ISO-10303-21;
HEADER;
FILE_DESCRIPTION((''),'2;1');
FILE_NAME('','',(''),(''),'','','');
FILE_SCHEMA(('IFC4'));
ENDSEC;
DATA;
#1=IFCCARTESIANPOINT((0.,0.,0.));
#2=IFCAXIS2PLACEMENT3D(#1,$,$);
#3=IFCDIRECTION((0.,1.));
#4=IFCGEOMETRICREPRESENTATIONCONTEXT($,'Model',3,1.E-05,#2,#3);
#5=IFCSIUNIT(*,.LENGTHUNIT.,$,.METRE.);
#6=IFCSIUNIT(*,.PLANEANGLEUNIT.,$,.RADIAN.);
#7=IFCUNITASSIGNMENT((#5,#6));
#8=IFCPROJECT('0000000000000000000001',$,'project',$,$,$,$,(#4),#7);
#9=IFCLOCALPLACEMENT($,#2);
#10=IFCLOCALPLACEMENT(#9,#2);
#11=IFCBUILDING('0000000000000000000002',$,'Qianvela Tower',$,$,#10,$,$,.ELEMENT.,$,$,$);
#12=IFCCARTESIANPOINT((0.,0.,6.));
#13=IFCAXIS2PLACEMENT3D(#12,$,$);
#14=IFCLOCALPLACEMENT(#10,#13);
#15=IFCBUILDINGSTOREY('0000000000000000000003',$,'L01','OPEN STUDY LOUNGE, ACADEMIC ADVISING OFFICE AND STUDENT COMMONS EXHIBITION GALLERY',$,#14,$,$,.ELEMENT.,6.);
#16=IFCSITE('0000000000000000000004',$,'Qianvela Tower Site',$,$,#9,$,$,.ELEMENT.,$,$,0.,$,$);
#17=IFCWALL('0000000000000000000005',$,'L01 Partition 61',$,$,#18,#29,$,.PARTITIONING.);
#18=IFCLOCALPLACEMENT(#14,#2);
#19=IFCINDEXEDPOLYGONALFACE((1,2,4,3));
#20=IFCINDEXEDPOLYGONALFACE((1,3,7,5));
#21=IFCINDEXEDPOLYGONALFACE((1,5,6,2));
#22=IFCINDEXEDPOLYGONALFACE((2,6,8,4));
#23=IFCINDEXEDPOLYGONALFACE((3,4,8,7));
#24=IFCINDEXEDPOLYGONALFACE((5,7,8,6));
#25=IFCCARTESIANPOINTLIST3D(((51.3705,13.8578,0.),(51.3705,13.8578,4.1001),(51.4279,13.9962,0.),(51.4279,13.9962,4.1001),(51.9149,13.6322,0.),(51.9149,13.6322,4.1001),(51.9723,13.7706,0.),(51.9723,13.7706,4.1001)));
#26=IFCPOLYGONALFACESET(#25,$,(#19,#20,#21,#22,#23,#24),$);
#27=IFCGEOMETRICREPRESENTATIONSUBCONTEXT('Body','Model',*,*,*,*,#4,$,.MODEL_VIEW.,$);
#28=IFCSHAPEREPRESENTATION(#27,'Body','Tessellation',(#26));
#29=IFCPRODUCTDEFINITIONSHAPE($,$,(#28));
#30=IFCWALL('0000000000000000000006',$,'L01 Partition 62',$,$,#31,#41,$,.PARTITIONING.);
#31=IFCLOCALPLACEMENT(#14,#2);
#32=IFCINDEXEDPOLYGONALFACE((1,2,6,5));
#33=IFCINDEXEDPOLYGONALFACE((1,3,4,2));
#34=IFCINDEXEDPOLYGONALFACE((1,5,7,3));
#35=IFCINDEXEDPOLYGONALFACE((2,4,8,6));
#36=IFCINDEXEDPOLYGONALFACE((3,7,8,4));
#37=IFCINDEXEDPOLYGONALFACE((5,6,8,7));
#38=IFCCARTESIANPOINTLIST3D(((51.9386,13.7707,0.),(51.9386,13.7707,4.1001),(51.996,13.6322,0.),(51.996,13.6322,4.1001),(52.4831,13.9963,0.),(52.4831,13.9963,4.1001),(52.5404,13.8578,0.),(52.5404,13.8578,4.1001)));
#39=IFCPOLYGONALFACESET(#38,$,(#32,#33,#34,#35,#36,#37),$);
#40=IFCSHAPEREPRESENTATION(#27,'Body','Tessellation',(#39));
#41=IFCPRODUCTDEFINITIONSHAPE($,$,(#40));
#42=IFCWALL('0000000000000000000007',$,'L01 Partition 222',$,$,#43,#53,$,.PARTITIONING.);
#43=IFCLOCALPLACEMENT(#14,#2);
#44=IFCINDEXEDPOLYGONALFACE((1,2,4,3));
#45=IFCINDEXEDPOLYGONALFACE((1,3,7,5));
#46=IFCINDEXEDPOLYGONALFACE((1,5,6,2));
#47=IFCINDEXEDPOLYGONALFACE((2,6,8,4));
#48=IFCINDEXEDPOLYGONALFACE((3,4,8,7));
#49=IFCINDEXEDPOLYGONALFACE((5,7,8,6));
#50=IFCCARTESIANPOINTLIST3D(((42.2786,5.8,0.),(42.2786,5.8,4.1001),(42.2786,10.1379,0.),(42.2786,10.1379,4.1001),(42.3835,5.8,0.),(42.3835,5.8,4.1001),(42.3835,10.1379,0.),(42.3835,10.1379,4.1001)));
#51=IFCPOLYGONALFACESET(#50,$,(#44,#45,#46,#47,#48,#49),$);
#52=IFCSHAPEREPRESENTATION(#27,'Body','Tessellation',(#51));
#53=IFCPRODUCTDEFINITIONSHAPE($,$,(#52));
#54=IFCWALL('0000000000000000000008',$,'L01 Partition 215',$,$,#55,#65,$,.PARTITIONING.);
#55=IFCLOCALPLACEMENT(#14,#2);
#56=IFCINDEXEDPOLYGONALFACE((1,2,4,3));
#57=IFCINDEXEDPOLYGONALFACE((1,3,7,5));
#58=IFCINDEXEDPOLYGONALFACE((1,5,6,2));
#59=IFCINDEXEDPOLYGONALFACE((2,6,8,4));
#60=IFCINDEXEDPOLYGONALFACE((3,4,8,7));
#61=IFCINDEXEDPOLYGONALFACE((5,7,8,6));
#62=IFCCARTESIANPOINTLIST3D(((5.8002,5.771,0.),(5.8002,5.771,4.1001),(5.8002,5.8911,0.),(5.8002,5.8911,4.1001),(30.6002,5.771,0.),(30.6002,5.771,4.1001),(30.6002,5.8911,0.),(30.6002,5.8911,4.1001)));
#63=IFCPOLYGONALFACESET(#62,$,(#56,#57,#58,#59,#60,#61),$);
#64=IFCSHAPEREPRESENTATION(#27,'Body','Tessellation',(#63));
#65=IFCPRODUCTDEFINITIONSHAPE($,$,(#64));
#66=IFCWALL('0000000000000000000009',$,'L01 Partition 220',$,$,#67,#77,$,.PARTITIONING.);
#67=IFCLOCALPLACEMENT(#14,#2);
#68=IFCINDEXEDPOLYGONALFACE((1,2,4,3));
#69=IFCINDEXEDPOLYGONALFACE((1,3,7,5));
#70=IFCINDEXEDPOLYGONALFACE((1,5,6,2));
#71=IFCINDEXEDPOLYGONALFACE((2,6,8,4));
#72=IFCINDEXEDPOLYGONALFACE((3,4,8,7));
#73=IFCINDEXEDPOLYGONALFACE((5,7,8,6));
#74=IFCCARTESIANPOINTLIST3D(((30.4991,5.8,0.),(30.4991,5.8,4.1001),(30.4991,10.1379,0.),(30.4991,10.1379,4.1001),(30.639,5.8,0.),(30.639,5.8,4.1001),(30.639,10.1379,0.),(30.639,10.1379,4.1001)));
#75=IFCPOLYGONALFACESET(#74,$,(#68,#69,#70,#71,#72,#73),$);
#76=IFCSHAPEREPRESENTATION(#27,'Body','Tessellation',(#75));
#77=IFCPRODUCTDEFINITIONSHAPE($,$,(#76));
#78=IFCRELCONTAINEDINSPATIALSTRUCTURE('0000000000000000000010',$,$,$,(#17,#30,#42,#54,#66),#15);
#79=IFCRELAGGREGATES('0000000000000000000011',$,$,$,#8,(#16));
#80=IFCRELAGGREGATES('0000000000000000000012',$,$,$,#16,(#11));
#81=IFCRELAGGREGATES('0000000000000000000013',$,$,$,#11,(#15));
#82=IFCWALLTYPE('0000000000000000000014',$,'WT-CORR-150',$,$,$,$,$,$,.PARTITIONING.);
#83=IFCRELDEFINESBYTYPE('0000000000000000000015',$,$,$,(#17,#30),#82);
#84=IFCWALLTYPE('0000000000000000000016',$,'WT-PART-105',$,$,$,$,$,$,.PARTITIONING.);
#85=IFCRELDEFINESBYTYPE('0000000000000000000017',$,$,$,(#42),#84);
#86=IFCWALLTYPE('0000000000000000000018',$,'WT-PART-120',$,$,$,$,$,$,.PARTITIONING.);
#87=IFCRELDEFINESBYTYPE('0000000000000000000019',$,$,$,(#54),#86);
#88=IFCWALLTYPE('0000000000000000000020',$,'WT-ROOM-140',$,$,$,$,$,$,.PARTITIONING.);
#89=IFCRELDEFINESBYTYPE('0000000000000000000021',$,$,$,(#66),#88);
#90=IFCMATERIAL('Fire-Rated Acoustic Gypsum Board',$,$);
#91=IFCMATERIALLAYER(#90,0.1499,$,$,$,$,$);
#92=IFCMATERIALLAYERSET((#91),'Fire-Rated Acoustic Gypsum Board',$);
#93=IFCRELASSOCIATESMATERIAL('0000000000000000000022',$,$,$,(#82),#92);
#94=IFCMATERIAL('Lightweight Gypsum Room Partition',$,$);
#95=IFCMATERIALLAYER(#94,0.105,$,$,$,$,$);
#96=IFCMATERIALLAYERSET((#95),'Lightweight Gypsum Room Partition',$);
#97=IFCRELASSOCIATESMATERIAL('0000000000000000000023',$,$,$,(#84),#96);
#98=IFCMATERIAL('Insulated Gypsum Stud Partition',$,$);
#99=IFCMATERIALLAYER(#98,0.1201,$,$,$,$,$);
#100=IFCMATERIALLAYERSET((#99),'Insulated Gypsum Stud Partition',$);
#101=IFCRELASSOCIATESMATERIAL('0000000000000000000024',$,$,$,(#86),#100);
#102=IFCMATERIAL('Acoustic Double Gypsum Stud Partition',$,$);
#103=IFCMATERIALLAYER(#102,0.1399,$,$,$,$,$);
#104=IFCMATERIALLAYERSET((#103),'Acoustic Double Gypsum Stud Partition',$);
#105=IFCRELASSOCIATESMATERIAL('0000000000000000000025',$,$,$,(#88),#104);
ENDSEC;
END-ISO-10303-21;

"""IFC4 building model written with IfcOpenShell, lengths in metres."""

from ifc_helpers import new_model, si_unit, direction, frame, frame_2d, origin, place, context, subcontext, project, spatial, rectangle, extrude, material, layer, layer_set, type_object, element, save


model = new_model("IFC4")

# Units and contexts
model_context = context("Model", 3, precision=1e-05, world=origin(), true_north=direction((0.0, 1.0)))
body_context = subcontext(model_context, "Body", "Model", "MODEL_VIEW")
ifc_project = project(units=[si_unit("LENGTHUNIT", "METRE"), si_unit("PLANEANGLEUNIT", "RADIAN")], contexts=[model_context])

# Site, building, storey
site_placement = place(None, origin())
site = spatial("IfcSite", under=ifc_project, at=site_placement, Name="Qianvela Tower Site", CompositionType="ELEMENT", RefElevation=0.0)
building_placement = place(site_placement, origin())
building = spatial("IfcBuilding", under=site, at=building_placement, Name="Qianvela Tower", CompositionType="ELEMENT")
storey_placement = place(building_placement, frame((0.0, 0.0, 6.0)))
storey = spatial("IfcBuildingStorey", under=building, at=storey_placement, Name="L01", Description="OPEN STUDY LOUNGE, ACADEMIC ADVISING OFFICE AND STUDENT COMMONS EXHIBITION GALLERY", CompositionType="ELEMENT", Elevation=6.0)

# Walls
ifc_material_1 = material(Name="Fire-Rated Acoustic Gypsum Board")
ifc_layer_1 = layer(ifc_material_1, 0.1499)
ifc_layer_set_1 = layer_set([ifc_layer_1], Name="Fire-Rated Acoustic Gypsum Board")
wall_type_1 = type_object("IfcWallType", Name="WT-CORR-150", PredefinedType="PARTITIONING", material=ifc_layer_set_1)
for number, where, z_axis, x_axis, name in (
    (1, (51.3992, 13.927, 0.0), (0.0, 0.0, 1.0), (0.923835, -0.382791, 0.0), "L01 Partition 61"),
    (2, (51.9673, 13.7014, 0.0), (0.0, 0.0, 1.0), (0.923835, 0.382791, 0.0), "L01 Partition 62"),
):
    element("IfcWall", number, at=place(storey_placement, frame(where, z_axis=z_axis, x_axis=x_axis)), inside=storey, type_object=wall_type_1, Name=name, PredefinedType="PARTITIONING", context=body_context, shape_type="SweptSolid", body=[
        extrude(rectangle(XDim=0.5894, YDim=0.1499, at=frame_2d((0.2947, 0.0))), origin(), (0.0, 0.0, 1.0), 4.1001),
    ])
ifc_material_2 = material(Name="Lightweight Gypsum Room Partition")
ifc_layer_2 = layer(ifc_material_2, 0.105)
ifc_layer_set_2 = layer_set([ifc_layer_2], Name="Lightweight Gypsum Room Partition")
wall_type_2 = type_object("IfcWallType", Name="WT-PART-105", PredefinedType="PARTITIONING", material=ifc_layer_set_2)
wall_1_placement = place(storey_placement, frame((42.3311, 5.8, 0.0), z_axis=(0.0, 0.0, 1.0), x_axis=(0.0, 1.0, 0.0)))
element("IfcWall", 3, at=wall_1_placement, inside=storey, type_object=wall_type_2, Name="L01 Partition 222", PredefinedType="PARTITIONING", context=body_context, shape_type="SweptSolid", body=[
    extrude(rectangle(XDim=4.3379, YDim=0.105, at=frame_2d((2.1689, 0.0))), origin(), (0.0, 0.0, 1.0), 4.1001),
])
ifc_material_3 = material(Name="Insulated Gypsum Stud Partition")
ifc_layer_3 = layer(ifc_material_3, 0.1201)
ifc_layer_set_3 = layer_set([ifc_layer_3], Name="Insulated Gypsum Stud Partition")
wall_type_3 = type_object("IfcWallType", Name="WT-PART-120", PredefinedType="PARTITIONING", material=ifc_layer_set_3)
wall_2_placement = place(storey_placement, frame((30.6001, 5.8311, 0.0), z_axis=(0.0, 0.0, 1.0), x_axis=(-1.0, 0.0, 0.0)))
element("IfcWall", 4, at=wall_2_placement, inside=storey, type_object=wall_type_3, Name="L01 Partition 215", PredefinedType="PARTITIONING", context=body_context, shape_type="SweptSolid", body=[
    extrude(rectangle(XDim=24.8, YDim=0.1201, at=frame_2d((12.3999, 0.0))), origin(), (0.0, 0.0, 1.0), 4.1001),
])
ifc_material_4 = material(Name="Acoustic Double Gypsum Stud Partition")
ifc_layer_4 = layer(ifc_material_4, 0.1399)
ifc_layer_set_4 = layer_set([ifc_layer_4], Name="Acoustic Double Gypsum Stud Partition")
wall_type_4 = type_object("IfcWallType", Name="WT-ROOM-140", PredefinedType="PARTITIONING", material=ifc_layer_set_4)
wall_3_placement = place(storey_placement, frame((30.5691, 10.1379, 0.0), z_axis=(0.0, 0.0, 1.0), x_axis=(0.0, -1.0, 0.0)))
element("IfcWall", 5, at=wall_3_placement, inside=storey, type_object=wall_type_4, Name="L01 Partition 220", PredefinedType="PARTITIONING", context=body_context, shape_type="SweptSolid", body=[
    extrude(rectangle(XDim=4.3379, YDim=0.1399, at=frame_2d((2.1689, 0.0))), origin(), (0.0, 0.0, 1.0), 4.1001),
])

save(model, "model.ifc")
